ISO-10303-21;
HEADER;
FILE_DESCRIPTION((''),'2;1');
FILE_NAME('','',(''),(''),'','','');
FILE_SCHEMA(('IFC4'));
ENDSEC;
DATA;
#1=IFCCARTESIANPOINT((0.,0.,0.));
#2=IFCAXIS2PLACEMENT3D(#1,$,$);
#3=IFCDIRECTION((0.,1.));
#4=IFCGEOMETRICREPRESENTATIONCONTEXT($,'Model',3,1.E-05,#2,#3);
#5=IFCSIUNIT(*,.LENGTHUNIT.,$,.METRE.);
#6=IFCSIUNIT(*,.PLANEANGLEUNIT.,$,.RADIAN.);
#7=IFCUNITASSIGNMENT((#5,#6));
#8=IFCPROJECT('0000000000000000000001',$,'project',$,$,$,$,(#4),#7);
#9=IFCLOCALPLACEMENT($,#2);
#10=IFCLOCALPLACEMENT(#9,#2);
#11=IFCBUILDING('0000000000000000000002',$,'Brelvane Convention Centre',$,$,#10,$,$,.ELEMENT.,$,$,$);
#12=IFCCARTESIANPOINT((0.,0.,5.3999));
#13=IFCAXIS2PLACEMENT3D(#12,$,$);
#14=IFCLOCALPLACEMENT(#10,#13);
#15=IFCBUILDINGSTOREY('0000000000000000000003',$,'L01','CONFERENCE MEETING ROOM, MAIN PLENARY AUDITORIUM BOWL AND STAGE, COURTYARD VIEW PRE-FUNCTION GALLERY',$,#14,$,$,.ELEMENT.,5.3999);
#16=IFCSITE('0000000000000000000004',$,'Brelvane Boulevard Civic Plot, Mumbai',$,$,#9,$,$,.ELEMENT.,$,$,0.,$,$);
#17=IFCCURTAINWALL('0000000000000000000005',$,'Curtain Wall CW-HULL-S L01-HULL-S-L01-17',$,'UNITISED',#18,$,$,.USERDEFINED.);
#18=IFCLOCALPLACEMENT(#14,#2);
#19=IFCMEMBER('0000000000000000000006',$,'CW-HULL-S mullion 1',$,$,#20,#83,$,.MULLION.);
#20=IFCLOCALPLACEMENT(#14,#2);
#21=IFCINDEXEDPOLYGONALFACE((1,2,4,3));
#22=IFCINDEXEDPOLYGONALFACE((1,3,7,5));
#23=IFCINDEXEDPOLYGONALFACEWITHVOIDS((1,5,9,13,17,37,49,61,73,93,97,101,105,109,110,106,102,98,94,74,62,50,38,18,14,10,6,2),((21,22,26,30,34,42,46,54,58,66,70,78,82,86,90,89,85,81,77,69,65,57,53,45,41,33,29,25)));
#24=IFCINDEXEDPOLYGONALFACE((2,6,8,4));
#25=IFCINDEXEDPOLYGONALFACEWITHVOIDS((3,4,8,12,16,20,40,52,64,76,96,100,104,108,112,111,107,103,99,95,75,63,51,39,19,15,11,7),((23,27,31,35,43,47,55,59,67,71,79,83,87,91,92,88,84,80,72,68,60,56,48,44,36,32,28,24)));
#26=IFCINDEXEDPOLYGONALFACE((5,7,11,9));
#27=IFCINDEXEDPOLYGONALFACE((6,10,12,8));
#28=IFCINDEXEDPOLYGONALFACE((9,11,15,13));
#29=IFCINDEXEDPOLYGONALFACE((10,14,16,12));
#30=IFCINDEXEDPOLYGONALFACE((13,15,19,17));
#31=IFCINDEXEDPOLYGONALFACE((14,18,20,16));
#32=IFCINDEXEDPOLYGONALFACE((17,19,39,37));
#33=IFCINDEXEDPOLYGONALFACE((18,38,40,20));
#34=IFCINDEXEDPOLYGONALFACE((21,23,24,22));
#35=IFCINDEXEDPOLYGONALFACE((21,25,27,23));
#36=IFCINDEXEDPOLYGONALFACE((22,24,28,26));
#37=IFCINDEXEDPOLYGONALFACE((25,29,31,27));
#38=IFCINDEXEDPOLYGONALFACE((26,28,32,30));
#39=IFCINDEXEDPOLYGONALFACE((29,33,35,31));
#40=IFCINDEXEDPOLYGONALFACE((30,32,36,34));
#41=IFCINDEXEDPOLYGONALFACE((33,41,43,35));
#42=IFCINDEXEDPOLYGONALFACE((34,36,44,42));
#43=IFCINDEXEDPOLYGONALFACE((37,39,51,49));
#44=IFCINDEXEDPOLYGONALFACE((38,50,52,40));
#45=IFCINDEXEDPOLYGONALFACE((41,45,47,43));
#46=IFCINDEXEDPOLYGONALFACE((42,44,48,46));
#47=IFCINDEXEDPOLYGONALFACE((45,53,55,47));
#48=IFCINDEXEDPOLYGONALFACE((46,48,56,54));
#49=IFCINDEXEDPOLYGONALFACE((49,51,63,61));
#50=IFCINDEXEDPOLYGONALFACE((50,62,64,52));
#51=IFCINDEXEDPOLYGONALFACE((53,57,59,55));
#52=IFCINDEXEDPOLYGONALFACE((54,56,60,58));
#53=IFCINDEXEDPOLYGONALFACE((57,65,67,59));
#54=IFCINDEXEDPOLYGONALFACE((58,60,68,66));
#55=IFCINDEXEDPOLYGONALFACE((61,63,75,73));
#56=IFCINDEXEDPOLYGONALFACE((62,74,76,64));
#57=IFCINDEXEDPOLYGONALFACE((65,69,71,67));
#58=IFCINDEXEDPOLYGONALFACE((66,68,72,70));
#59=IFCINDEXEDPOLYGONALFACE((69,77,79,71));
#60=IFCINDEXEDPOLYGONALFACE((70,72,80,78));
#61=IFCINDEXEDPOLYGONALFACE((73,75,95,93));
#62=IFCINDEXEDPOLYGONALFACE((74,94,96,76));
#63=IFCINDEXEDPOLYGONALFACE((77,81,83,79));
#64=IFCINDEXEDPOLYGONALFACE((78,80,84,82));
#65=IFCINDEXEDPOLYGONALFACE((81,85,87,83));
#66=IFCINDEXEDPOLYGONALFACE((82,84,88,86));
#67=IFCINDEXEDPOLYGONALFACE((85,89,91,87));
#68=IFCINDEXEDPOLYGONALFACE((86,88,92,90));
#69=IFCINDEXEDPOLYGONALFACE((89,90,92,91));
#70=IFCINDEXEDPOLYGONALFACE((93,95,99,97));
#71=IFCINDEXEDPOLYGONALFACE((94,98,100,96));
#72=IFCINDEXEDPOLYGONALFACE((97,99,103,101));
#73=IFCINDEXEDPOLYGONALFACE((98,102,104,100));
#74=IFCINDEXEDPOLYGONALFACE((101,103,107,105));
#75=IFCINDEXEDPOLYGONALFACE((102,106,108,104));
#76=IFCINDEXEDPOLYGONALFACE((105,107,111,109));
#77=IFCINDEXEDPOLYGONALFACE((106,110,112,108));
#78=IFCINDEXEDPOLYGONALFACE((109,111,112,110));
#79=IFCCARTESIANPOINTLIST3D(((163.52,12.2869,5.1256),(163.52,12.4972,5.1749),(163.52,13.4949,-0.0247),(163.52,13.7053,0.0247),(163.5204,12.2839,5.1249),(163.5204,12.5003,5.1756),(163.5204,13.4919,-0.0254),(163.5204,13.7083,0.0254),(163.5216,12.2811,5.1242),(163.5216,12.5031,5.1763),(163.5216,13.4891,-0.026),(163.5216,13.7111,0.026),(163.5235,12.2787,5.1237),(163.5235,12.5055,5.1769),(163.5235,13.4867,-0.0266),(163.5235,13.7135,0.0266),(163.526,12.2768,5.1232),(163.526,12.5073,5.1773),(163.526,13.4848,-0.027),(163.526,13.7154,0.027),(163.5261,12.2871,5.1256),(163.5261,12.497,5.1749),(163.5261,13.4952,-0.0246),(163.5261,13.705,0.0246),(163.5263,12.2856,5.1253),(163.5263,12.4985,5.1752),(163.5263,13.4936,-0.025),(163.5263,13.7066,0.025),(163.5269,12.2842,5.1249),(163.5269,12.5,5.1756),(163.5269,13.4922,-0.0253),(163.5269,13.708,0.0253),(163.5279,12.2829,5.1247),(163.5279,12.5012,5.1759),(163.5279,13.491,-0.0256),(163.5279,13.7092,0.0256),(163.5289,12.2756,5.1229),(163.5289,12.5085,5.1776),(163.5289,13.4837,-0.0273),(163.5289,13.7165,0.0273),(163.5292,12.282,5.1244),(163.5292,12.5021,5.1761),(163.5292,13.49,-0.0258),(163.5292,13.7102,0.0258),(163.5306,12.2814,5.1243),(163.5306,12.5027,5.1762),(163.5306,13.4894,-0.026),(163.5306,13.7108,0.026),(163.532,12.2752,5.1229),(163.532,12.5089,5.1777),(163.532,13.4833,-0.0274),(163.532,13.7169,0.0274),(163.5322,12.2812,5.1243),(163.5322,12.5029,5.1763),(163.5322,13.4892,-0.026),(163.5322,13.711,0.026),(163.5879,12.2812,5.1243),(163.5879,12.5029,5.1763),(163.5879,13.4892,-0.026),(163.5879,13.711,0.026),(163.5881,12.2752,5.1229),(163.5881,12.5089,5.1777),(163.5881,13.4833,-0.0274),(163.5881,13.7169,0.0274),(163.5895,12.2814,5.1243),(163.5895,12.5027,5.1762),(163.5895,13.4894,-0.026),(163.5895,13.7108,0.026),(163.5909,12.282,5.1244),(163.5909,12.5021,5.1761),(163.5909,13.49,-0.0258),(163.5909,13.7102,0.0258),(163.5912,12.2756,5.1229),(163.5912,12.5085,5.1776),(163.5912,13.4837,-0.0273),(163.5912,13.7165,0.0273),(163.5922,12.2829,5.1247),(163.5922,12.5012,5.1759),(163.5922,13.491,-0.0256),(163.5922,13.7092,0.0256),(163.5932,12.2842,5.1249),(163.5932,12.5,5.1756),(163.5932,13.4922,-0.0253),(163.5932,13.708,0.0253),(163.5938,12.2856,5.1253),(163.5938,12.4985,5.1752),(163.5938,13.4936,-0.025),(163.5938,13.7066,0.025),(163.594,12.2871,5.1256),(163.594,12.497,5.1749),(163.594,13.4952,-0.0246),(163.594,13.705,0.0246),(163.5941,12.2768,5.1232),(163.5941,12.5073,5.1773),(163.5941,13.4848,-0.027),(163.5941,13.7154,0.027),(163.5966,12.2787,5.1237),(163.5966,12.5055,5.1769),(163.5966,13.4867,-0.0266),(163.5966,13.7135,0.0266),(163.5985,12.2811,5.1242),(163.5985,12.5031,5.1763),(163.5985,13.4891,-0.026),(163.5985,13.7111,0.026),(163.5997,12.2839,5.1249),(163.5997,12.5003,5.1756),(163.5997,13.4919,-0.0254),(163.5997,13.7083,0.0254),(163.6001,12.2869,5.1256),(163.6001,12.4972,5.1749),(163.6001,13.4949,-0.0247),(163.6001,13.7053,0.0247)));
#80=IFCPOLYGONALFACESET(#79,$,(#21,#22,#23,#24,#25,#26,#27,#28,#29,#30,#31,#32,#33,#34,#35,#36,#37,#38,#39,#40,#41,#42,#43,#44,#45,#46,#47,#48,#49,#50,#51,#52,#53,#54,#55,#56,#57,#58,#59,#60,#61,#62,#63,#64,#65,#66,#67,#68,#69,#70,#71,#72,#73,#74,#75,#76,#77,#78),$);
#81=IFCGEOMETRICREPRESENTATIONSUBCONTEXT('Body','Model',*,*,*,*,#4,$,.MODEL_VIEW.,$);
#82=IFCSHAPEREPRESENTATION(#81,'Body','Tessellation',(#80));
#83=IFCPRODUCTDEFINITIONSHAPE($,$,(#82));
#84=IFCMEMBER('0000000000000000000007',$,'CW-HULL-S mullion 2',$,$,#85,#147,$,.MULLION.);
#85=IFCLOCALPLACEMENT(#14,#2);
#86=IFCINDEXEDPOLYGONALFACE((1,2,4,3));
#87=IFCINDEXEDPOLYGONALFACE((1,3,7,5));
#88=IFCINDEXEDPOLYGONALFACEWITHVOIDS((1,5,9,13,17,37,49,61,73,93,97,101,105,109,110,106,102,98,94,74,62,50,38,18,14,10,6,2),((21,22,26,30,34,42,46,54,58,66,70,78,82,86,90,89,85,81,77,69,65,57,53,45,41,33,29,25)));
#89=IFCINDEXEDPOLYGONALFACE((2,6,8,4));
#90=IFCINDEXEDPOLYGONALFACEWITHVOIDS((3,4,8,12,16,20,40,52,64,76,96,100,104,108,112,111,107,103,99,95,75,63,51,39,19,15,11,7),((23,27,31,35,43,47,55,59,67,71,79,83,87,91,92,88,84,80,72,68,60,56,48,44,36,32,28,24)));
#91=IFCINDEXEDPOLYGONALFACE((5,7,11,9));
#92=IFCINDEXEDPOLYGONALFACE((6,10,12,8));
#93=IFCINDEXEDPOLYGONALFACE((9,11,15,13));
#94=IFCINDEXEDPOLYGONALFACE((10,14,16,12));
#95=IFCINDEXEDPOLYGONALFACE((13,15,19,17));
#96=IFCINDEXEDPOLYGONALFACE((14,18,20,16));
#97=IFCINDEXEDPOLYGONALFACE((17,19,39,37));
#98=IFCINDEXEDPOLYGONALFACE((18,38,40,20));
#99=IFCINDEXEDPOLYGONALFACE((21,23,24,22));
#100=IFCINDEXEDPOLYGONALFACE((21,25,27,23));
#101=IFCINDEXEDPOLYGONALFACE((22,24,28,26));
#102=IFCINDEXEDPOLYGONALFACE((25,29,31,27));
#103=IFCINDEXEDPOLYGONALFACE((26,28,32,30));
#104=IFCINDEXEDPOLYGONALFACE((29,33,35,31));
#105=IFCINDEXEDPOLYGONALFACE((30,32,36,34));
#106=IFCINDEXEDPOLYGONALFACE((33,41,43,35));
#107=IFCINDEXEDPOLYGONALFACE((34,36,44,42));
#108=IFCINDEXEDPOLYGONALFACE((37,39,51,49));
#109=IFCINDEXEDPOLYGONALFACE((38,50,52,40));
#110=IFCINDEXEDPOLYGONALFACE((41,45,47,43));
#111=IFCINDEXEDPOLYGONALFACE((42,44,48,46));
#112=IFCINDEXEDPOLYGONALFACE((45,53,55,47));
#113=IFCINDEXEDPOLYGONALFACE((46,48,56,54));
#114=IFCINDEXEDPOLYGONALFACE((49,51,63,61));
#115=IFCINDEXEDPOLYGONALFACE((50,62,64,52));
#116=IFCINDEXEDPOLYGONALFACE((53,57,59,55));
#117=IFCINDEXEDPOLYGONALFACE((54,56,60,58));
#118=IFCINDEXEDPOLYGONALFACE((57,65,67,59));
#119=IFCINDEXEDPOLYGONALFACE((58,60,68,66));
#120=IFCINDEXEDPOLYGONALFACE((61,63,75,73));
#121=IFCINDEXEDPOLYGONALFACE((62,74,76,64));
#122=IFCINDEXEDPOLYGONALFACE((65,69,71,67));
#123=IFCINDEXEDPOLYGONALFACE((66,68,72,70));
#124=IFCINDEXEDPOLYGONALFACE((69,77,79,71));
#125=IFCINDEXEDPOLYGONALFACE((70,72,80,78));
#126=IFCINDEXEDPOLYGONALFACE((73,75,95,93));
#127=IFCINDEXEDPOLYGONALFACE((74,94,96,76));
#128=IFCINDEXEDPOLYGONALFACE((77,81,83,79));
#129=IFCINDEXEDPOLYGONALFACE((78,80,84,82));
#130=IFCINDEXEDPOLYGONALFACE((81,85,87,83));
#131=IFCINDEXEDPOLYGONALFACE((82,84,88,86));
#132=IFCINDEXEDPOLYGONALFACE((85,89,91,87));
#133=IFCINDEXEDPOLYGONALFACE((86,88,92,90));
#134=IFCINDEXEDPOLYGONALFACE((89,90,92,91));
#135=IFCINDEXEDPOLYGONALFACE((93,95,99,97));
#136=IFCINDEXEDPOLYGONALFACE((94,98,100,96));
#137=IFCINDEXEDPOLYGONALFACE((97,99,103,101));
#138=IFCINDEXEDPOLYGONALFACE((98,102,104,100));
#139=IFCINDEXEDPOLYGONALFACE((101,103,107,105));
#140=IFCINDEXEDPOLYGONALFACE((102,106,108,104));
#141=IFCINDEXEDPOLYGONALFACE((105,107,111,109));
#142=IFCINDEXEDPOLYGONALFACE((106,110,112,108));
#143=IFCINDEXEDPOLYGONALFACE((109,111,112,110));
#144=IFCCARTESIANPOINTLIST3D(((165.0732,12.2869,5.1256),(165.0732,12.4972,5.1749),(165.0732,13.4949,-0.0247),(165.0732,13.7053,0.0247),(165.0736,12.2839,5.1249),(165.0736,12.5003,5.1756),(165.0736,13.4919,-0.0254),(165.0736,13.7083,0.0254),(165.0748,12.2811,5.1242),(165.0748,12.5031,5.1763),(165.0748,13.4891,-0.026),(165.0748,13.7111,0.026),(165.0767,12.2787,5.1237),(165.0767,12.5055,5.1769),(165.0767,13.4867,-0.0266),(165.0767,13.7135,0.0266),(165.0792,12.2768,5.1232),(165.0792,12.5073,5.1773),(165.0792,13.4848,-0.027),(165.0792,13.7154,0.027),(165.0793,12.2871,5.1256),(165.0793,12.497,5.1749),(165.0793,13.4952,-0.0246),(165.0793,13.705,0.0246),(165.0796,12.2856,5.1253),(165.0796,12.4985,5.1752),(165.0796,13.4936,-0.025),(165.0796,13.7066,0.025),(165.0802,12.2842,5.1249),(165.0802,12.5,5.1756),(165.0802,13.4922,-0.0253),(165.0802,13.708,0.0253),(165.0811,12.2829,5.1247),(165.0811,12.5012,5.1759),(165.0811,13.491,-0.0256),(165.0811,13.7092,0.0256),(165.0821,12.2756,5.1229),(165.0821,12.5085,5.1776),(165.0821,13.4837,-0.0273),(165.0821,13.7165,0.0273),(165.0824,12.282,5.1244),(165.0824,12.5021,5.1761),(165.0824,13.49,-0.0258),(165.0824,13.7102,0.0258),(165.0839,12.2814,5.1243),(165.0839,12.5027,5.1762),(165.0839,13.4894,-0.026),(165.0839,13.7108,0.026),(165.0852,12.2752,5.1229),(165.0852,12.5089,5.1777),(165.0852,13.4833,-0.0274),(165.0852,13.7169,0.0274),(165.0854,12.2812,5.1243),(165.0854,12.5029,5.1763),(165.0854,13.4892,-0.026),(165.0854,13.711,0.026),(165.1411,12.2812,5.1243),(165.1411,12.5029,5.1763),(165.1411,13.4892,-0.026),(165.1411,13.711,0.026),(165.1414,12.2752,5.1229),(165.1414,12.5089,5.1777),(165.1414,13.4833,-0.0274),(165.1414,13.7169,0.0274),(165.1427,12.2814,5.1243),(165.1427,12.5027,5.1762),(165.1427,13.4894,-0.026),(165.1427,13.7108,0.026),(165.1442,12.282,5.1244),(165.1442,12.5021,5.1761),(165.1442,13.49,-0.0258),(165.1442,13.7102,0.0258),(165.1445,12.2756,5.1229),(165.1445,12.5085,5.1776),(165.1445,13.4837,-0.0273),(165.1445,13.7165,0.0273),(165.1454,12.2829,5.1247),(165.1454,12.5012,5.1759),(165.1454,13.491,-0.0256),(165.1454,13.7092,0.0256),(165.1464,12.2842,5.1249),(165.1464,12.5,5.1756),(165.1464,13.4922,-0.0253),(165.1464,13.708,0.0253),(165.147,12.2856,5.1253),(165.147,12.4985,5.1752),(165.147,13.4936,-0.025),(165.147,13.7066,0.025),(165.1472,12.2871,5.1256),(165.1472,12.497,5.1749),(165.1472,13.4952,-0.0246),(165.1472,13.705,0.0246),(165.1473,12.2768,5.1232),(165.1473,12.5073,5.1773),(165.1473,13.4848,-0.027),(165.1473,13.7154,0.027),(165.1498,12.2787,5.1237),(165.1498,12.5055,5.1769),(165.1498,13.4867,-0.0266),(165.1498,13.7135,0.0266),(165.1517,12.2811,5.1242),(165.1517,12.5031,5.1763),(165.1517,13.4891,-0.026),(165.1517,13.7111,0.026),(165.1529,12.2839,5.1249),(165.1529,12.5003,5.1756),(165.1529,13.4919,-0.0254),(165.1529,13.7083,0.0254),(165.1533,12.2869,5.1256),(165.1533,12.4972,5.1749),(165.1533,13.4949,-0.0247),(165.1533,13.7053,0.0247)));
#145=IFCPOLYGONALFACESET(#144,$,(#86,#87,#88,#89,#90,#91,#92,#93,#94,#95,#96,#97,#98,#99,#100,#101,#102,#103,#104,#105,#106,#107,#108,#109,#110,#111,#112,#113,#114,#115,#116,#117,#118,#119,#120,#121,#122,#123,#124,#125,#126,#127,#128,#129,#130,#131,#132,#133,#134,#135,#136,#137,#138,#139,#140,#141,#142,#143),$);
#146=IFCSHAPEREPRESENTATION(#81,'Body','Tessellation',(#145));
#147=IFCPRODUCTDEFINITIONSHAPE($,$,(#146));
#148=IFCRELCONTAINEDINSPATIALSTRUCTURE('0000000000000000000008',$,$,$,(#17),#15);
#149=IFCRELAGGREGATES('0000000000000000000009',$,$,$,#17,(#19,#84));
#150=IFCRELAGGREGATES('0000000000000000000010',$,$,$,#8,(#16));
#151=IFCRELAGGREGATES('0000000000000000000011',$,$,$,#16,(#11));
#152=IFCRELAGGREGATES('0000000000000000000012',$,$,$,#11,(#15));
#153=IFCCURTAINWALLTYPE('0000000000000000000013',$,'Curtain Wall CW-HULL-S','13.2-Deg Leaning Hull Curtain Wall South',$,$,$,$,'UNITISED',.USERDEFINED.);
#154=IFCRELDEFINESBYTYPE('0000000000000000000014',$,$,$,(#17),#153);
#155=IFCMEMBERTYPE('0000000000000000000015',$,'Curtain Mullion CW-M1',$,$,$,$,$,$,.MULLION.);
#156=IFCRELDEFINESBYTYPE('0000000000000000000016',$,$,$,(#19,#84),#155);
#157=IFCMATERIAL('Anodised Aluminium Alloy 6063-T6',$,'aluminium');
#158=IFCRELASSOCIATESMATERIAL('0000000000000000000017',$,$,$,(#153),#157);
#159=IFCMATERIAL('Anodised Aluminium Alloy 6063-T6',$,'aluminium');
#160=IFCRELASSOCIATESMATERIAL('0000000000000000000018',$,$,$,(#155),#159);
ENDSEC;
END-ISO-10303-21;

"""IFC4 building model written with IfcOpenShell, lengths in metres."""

from ifc_helpers import new_model, si_unit, direction, frame, origin, origin_2d, place, context, subcontext, project, spatial, hollow_rectangle, extrude, material, material_profile, profile_set, type_object, element, aggregate, save


model = new_model("IFC4")

# Units and contexts
model_context = context("Model", 3, precision=1e-05, world=origin(), true_north=direction((0.0, 1.0)))
body_context = subcontext(model_context, "Body", "Model", "MODEL_VIEW")
ifc_project = project(units=[si_unit("LENGTHUNIT", "METRE"), si_unit("PLANEANGLEUNIT", "RADIAN")], contexts=[model_context])

# Site, building, storey
site_placement = place(None, origin())
site = spatial("IfcSite", under=ifc_project, at=site_placement, Name="Brelvane Boulevard Civic Plot, Mumbai", CompositionType="ELEMENT", RefElevation=0.0)
building_placement = place(site_placement, origin())
building = spatial("IfcBuilding", under=site, at=building_placement, Name="Brelvane Convention Centre", CompositionType="ELEMENT")
storey_placement = place(building_placement, frame((0.0, 0.0, 5.3999)))
storey = spatial("IfcBuildingStorey", under=building, at=storey_placement, Name="L01", Description="CONFERENCE MEETING ROOM, MAIN PLENARY AUDITORIUM BOWL AND STAGE, COURTYARD VIEW PRE-FUNCTION GALLERY", CompositionType="ELEMENT", Elevation=5.3999)

# Curtain wall, members
ifc_material_1 = material(Name="Anodised Aluminium Alloy 6063-T6", Category="aluminium")
curtain_wall_type = type_object("IfcCurtainWallType", Name="Curtain Wall CW-HULL-S", Description="13.2-Deg Leaning Hull Curtain Wall South", ElementType="UNITISED", PredefinedType="USERDEFINED", material=ifc_material_1)
ifc_material_2 = material(Name="Anodised Aluminium Alloy 6063-T6", Category="aluminium")
ifc_material_profile_1 = material_profile(ifc_material_2, hollow_rectangle(XDim=0.0801, YDim=0.24, WallThickness=0.0061, InnerFilletRadius=0.0061, OuterFilletRadius=0.012, at=origin_2d()), Name="ALU-M 240x80x6.0")
ifc_profile_set_1 = profile_set([ifc_material_profile_1], Name="Anodised Aluminium Alloy 6063-T6")
member_type_1 = type_object("IfcMemberType", Name="Curtain Mullion CW-M1", PredefinedType="MULLION", material=ifc_profile_set_1)
curtain_wall_1_placement = place(storey_placement, origin())
curtain_wall_1 = element("IfcCurtainWall", 1, at=curtain_wall_1_placement, inside=storey, type_object=curtain_wall_type, Name="Curtain Wall CW-HULL-S L01-HULL-S-L01-17", ObjectType="UNITISED", PredefinedType="USERDEFINED")
member_1_placement = place(storey_placement, frame((163.5601, 13.6001, 0.0), z_axis=(0.0, -0.22836, 0.973577), x_axis=(1.0, 0.0, 0.0)))
member_1 = element("IfcMember", 2, at=member_1_placement, type_object=member_type_1, Name="CW-HULL-S mullion 1", PredefinedType="MULLION", context=body_context, shape_type="SweptSolid", body=[
    extrude(hollow_rectangle(XDim=0.0801, YDim=0.24, WallThickness=0.0061, InnerFilletRadius=0.0061, OuterFilletRadius=0.012, at=origin_2d()), origin(), (0.0, 0.0, 1.0), 5.29),
])
member_2_placement = place(storey_placement, frame((165.1133, 13.6001, 0.0), z_axis=(0.0, -0.22836, 0.973577), x_axis=(1.0, 0.0, 0.0)))
member_2 = element("IfcMember", 3, at=member_2_placement, type_object=member_type_1, Name="CW-HULL-S mullion 2", PredefinedType="MULLION", context=body_context, shape_type="SweptSolid", body=[
    extrude(hollow_rectangle(XDim=0.0801, YDim=0.24, WallThickness=0.0061, InnerFilletRadius=0.0061, OuterFilletRadius=0.012, at=origin_2d()), origin(), (0.0, 0.0, 1.0), 5.29),
])
aggregate(curtain_wall_1, [member_1, member_2])

save(model, "model.ifc")
